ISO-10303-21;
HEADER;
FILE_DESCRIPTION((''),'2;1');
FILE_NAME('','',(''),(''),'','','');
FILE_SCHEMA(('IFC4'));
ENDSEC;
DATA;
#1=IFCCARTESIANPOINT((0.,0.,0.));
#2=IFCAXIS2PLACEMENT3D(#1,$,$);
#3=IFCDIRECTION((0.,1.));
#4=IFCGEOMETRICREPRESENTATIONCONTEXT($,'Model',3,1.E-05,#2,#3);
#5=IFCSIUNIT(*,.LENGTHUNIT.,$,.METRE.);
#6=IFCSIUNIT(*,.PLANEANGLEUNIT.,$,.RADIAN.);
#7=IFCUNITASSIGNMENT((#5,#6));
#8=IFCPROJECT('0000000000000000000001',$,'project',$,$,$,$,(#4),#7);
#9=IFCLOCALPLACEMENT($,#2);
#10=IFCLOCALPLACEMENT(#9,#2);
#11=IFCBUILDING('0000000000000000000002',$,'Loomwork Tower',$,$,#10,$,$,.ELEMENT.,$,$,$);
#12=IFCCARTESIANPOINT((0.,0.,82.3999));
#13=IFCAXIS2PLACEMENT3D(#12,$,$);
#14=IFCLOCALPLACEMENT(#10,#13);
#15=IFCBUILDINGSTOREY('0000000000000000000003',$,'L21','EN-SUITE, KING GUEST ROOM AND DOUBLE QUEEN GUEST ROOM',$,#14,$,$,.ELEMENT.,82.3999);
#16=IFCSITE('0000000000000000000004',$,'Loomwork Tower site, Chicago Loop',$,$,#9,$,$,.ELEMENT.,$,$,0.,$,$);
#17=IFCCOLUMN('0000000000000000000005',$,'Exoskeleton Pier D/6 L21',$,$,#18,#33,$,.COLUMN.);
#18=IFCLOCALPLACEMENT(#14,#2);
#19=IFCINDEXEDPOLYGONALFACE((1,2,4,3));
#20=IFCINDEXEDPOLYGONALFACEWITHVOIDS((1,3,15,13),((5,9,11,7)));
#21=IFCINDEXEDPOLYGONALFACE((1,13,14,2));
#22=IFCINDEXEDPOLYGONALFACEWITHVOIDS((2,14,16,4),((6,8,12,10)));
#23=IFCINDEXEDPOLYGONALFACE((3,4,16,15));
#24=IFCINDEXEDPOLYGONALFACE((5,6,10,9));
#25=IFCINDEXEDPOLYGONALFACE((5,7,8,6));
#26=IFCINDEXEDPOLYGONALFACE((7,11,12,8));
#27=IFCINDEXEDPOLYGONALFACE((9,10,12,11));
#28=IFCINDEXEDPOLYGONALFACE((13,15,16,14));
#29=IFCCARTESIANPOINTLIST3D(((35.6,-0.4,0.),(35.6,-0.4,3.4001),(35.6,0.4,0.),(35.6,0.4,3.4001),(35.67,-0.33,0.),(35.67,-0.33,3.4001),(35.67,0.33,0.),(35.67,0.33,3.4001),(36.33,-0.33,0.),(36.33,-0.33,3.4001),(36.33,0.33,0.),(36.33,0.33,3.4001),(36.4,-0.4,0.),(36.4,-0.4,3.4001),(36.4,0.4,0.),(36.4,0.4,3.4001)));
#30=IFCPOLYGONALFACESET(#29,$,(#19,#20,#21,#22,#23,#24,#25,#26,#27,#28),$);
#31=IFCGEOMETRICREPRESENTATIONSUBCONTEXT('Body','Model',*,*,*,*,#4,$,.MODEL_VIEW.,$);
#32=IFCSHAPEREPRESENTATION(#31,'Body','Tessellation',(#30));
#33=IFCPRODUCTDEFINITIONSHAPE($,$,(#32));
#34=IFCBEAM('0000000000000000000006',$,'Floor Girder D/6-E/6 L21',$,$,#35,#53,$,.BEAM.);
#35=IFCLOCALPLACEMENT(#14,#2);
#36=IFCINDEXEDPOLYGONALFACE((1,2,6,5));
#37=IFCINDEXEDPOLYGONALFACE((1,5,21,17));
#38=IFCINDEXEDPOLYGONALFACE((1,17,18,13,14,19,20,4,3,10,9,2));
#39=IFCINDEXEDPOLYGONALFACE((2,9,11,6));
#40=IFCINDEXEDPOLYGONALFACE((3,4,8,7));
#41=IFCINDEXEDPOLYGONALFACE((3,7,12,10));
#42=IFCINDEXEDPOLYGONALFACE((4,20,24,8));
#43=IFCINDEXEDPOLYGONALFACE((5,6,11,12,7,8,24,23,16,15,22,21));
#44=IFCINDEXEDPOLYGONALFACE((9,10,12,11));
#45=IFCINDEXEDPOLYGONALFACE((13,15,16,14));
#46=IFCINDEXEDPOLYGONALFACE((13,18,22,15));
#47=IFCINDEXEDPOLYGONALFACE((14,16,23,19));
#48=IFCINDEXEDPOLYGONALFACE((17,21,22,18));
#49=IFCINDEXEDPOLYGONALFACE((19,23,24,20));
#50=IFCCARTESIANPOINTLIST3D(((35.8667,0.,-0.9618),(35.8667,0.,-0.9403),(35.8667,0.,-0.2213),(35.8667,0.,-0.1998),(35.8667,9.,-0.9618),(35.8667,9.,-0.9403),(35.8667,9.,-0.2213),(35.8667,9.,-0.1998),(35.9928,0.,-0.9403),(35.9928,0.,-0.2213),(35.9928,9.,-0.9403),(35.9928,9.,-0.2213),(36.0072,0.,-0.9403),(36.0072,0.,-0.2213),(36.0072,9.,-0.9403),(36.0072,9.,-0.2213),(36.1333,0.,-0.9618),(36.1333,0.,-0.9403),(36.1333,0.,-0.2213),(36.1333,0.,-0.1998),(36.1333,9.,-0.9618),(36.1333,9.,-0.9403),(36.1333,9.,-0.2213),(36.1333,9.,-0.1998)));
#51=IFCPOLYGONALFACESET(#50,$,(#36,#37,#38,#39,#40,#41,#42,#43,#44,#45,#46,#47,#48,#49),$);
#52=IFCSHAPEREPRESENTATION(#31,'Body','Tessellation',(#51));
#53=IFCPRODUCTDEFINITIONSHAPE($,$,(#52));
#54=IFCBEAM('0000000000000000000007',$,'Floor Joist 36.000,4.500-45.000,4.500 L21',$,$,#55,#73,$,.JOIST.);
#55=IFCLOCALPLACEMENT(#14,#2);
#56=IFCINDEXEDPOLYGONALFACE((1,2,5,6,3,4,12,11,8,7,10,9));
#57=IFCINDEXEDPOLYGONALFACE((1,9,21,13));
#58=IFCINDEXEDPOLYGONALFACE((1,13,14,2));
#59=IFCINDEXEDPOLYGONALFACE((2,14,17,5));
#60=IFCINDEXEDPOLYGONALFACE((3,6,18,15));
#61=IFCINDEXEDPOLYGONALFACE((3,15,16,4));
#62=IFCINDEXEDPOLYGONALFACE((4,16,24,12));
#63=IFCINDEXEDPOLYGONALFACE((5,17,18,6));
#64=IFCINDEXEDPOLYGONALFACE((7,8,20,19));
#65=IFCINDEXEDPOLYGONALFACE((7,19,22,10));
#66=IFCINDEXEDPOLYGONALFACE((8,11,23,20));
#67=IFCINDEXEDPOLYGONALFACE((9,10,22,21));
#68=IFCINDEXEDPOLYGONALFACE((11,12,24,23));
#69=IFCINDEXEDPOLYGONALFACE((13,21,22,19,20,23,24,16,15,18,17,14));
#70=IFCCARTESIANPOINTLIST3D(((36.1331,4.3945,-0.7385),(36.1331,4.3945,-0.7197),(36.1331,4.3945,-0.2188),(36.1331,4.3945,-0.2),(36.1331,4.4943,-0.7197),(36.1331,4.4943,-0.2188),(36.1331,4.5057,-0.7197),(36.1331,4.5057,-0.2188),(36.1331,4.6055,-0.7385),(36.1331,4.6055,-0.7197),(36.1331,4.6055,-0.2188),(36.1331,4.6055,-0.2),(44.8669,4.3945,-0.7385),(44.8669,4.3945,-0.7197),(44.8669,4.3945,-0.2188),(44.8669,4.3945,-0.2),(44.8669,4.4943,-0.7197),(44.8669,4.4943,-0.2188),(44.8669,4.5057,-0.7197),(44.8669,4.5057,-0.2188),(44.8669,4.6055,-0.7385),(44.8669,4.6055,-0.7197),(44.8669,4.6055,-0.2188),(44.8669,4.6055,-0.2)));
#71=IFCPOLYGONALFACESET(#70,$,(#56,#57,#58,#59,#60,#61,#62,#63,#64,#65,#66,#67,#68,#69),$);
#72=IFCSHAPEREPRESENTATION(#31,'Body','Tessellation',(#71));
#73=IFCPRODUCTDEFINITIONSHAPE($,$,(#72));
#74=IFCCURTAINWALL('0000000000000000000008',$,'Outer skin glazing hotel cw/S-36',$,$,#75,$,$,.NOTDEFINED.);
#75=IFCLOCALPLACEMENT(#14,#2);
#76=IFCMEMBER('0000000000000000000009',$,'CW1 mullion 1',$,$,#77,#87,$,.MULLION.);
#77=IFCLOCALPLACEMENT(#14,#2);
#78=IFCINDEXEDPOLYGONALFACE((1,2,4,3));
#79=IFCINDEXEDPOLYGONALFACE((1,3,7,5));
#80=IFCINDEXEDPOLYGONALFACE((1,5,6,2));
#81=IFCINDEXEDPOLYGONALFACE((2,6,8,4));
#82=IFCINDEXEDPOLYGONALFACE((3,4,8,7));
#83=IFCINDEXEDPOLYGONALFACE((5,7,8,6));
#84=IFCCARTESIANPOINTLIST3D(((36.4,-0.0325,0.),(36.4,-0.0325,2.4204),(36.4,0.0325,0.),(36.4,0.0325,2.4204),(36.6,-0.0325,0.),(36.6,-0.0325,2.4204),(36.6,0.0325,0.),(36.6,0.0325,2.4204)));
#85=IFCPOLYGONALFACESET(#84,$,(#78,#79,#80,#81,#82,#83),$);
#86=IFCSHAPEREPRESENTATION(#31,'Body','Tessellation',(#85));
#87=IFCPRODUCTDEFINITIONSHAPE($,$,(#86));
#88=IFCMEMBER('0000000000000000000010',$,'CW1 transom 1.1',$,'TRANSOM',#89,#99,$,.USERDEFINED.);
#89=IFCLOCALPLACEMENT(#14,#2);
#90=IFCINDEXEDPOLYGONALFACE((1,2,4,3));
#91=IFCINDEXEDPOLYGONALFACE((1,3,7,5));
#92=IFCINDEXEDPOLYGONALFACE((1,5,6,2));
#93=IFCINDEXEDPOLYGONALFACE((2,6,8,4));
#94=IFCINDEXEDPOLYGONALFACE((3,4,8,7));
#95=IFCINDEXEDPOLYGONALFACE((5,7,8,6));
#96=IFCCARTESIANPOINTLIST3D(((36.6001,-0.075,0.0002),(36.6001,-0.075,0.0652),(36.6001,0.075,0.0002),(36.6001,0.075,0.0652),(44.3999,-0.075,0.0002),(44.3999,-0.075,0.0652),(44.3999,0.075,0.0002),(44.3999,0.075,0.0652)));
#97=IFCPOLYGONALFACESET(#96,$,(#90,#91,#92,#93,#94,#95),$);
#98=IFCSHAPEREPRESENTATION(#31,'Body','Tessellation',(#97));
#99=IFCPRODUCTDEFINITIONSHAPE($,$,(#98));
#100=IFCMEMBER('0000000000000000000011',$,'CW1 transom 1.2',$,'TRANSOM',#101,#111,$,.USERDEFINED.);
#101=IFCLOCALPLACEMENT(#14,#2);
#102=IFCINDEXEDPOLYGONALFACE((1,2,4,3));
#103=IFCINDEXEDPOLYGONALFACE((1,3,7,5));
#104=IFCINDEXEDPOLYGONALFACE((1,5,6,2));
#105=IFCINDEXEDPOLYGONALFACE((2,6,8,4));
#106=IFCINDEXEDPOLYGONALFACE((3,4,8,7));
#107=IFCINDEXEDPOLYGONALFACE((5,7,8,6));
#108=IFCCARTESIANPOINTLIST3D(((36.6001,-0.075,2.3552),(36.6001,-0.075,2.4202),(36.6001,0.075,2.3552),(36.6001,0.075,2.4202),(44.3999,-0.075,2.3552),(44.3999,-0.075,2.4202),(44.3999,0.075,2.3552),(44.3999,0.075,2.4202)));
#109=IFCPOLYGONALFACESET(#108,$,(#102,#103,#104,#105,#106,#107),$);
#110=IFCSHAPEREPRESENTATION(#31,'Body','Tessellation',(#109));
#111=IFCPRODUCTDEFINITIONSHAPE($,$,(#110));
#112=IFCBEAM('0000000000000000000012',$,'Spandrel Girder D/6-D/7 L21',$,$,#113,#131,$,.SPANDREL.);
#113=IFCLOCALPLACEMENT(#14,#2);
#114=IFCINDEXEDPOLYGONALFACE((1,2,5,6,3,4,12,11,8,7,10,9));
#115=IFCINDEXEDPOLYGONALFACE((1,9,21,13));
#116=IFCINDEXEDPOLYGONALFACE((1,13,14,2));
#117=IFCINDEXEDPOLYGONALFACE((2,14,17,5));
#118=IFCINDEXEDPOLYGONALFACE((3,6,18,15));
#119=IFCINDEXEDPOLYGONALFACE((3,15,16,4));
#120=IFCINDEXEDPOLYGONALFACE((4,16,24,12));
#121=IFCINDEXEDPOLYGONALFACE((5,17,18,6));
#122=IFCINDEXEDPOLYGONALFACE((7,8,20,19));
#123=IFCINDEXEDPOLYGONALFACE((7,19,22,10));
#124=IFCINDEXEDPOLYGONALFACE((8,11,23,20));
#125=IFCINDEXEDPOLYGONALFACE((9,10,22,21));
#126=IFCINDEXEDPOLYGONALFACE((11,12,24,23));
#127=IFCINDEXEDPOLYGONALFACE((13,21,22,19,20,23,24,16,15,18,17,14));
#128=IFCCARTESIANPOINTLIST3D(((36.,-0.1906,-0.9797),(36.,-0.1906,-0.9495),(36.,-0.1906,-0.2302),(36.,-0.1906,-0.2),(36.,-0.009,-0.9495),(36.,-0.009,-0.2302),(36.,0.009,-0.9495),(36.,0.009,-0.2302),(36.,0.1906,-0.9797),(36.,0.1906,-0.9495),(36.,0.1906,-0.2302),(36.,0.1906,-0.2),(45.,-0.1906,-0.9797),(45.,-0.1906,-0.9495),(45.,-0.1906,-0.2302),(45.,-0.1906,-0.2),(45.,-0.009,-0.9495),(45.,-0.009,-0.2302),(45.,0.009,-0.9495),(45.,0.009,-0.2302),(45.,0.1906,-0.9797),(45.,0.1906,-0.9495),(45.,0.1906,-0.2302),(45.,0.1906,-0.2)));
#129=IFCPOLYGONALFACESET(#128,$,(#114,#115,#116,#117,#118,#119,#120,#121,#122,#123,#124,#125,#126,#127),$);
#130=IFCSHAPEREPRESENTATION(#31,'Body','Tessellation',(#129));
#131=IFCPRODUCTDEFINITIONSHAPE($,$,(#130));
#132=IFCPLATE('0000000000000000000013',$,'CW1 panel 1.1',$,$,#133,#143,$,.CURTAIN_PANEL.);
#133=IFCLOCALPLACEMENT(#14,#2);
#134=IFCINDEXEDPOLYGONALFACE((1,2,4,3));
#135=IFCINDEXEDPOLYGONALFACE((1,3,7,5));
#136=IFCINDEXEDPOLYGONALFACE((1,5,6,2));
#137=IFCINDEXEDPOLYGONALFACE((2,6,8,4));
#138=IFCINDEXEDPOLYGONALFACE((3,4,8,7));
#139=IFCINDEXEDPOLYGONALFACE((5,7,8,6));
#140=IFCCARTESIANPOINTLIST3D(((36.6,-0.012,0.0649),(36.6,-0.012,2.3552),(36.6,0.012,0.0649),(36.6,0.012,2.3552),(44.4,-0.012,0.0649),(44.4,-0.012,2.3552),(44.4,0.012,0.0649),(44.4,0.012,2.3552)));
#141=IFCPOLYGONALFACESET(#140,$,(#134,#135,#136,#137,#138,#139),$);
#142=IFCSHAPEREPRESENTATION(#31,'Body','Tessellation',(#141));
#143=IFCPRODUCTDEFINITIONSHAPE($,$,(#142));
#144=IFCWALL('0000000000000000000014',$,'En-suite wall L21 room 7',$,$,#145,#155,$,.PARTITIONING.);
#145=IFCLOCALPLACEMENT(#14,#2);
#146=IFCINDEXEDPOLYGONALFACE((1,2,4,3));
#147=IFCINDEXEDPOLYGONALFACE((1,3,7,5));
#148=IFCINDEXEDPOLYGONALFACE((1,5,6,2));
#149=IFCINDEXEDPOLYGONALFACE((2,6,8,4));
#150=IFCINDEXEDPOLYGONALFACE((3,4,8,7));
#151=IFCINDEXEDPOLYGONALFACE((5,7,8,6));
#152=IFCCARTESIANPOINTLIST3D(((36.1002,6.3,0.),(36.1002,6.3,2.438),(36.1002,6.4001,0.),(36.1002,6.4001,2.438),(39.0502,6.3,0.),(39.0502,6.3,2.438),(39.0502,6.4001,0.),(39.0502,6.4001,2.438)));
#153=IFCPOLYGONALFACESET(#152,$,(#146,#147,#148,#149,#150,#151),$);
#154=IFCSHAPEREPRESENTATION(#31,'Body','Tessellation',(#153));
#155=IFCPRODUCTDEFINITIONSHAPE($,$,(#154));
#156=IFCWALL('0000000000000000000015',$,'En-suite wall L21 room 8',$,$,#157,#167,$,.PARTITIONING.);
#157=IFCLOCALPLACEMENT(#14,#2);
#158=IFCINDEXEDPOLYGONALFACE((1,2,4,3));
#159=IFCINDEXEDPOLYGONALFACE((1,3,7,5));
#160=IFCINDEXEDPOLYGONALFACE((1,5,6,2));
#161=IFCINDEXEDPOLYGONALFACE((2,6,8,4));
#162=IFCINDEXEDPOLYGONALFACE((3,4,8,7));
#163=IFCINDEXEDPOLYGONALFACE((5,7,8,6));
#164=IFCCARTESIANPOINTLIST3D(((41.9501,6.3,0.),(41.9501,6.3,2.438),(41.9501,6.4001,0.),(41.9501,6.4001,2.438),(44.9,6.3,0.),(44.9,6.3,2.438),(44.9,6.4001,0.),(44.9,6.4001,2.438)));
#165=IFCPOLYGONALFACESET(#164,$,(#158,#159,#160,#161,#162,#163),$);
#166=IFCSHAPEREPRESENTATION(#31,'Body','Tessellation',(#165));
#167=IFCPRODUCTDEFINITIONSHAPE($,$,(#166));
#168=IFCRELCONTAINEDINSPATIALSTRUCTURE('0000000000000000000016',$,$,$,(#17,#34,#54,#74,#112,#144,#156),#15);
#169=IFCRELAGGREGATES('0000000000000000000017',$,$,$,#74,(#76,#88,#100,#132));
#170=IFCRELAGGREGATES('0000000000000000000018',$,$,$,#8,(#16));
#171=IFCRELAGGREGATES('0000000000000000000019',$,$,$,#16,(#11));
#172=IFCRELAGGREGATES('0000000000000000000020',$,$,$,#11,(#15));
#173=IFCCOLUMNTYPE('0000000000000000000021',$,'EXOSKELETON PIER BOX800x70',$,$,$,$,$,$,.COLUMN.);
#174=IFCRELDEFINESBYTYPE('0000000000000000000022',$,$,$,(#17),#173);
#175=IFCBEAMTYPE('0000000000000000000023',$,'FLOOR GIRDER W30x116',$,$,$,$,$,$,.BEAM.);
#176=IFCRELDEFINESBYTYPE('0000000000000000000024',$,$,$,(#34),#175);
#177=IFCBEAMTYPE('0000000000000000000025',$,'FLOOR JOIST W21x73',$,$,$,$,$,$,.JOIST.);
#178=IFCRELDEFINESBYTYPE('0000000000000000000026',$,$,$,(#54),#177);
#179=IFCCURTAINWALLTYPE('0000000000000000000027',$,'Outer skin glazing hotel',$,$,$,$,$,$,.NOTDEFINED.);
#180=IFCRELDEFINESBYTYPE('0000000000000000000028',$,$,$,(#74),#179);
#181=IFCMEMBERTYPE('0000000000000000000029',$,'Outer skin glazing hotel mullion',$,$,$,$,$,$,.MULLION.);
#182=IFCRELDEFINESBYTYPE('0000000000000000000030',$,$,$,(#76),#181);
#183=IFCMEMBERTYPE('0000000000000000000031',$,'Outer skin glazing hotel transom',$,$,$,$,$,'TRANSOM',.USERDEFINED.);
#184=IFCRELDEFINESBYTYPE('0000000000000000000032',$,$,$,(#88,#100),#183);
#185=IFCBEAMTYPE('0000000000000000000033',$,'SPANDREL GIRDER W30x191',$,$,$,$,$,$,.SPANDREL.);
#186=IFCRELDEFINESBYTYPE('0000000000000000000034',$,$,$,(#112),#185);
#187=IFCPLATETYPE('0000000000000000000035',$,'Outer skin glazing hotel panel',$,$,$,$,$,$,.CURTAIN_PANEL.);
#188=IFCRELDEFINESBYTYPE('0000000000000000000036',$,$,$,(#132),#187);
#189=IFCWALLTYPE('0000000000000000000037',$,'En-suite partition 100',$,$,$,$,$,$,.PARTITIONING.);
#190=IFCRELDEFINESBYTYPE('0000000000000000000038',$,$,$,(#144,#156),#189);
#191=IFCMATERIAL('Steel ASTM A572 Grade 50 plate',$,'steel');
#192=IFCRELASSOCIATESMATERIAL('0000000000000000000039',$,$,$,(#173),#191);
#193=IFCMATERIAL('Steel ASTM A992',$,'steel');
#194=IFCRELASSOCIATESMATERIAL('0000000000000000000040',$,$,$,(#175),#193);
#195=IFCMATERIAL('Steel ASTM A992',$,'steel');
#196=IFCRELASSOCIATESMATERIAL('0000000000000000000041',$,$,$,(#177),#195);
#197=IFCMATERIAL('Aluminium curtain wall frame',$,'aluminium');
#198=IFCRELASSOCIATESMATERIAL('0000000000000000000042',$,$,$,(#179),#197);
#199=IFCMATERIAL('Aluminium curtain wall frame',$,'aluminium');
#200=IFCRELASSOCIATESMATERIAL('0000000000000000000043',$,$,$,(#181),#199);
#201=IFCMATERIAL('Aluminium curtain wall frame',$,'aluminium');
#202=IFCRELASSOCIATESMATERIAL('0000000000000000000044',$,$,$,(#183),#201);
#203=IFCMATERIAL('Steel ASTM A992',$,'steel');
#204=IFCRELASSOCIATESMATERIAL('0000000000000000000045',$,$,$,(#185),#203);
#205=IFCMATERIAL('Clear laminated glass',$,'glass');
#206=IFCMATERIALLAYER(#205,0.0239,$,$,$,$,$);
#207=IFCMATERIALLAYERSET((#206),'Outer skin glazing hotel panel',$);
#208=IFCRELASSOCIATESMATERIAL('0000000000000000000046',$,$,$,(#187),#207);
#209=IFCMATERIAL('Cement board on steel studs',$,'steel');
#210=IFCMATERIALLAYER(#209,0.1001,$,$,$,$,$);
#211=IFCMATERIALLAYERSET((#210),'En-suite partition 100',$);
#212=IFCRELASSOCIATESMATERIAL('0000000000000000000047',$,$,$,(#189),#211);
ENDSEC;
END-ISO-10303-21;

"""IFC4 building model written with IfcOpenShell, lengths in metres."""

from ifc_helpers import new_model, si_unit, direction, frame, frame_2d, origin, origin_2d, place, context, subcontext, project, spatial, rectangle, hollow_rectangle, i_section, extrude, material, layer, layer_set, material_profile, profile_set, type_object, element, aggregate, save


model = new_model("IFC4")

# Units and contexts
model_context = context("Model", 3, precision=1e-05, world=origin(), true_north=direction((0.0, 1.0)))
body_context = subcontext(model_context, "Body", "Model", "MODEL_VIEW")
ifc_project = project(units=[si_unit("LENGTHUNIT", "METRE"), si_unit("PLANEANGLEUNIT", "RADIAN")], contexts=[model_context])

# Site, building, storey
site_placement = place(None, origin())
site = spatial("IfcSite", under=ifc_project, at=site_placement, Name="Loomwork Tower site, Chicago Loop", CompositionType="ELEMENT", RefElevation=0.0)
building_placement = place(site_placement, origin())
building = spatial("IfcBuilding", under=site, at=building_placement, Name="Loomwork Tower", CompositionType="ELEMENT")
storey_placement = place(building_placement, frame((0.0, 0.0, 82.3999)))
storey = spatial("IfcBuildingStorey", under=building, at=storey_placement, Name="L21", Description="EN-SUITE, KING GUEST ROOM AND DOUBLE QUEEN GUEST ROOM", CompositionType="ELEMENT", Elevation=82.3999)

# Column
ifc_material_1 = material(Name="Steel ASTM A572 Grade 50 plate", Category="steel")
ifc_material_profile_1 = material_profile(ifc_material_1, hollow_rectangle(XDim=0.8, YDim=0.8, WallThickness=0.0701, at=origin_2d()), Name="BOX800x70")
ifc_profile_set_1 = profile_set([ifc_material_profile_1], Name="Steel ASTM A572 Grade 50 plate")
column_type = type_object("IfcColumnType", Name="EXOSKELETON PIER BOX800x70", PredefinedType="COLUMN", material=ifc_profile_set_1)
column_placement = place(storey_placement, frame((36.0, 0.0, 0.0), z_axis=(0.0, 0.0, 1.0), x_axis=(1.0, 0.0, 0.0)))
element("IfcColumn", 1, at=column_placement, inside=storey, type_object=column_type, Name="Exoskeleton Pier D/6 L21", PredefinedType="COLUMN", context=body_context, shape_type="SweptSolid", body=[
    extrude(hollow_rectangle(XDim=0.8, YDim=0.8, WallThickness=0.0701, at=origin_2d()), origin(), (0.0, 0.0, 1.0), 3.4001),
])

# Beams
ifc_material_2 = material(Name="Steel ASTM A992", Category="steel")
ifc_material_profile_2 = material_profile(ifc_material_2, i_section(OverallWidth=0.2666, OverallDepth=0.762, WebThickness=0.0144, FlangeThickness=0.0215, at=origin_2d()), Name="W30x116")
ifc_profile_set_2 = profile_set([ifc_material_profile_2], Name="Steel ASTM A992")
beam_type_1 = type_object("IfcBeamType", Name="FLOOR GIRDER W30x116", PredefinedType="BEAM", material=ifc_profile_set_2)
beam_1_placement = place(storey_placement, frame((36.0, 0.0, -0.5808), z_axis=(0.0, 1.0, 0.0), x_axis=(-1.0, 0.0, 0.0)))
element("IfcBeam", 2, at=beam_1_placement, inside=storey, type_object=beam_type_1, Name="Floor Girder D/6-E/6 L21", PredefinedType="BEAM", context=body_context, shape_type="SweptSolid", body=[
    extrude(i_section(OverallWidth=0.2666, OverallDepth=0.762, WebThickness=0.0144, FlangeThickness=0.0215, at=origin_2d()), origin(), (0.0, 0.0, 1.0), 9.0),
])
ifc_material_3 = material(Name="Steel ASTM A992", Category="steel")
ifc_material_profile_3 = material_profile(ifc_material_3, i_section(OverallWidth=0.2109, OverallDepth=0.5386, WebThickness=0.0115, FlangeThickness=0.0188, at=origin_2d()), Name="W21x73")
ifc_profile_set_3 = profile_set([ifc_material_profile_3], Name="Steel ASTM A992")
beam_type_2 = type_object("IfcBeamType", Name="FLOOR JOIST W21x73", PredefinedType="JOIST", material=ifc_profile_set_3)
beam_2_placement = place(storey_placement, frame((36.1331, 4.5, -0.4692), z_axis=(1.0, 0.0, 0.0), x_axis=(0.0, 1.0, 0.0)))
element("IfcBeam", 3, at=beam_2_placement, inside=storey, type_object=beam_type_2, Name="Floor Joist 36.000,4.500-45.000,4.500 L21", PredefinedType="JOIST", context=body_context, shape_type="SweptSolid", body=[
    extrude(i_section(OverallWidth=0.2109, OverallDepth=0.5386, WebThickness=0.0115, FlangeThickness=0.0188, at=origin_2d()), origin(), (0.0, 0.0, 1.0), 8.7339),
])

# Curtain wall, members
ifc_material_4 = material(Name="Aluminium curtain wall frame", Category="aluminium")
curtain_wall_type = type_object("IfcCurtainWallType", Name="Outer skin glazing hotel", PredefinedType="NOTDEFINED", material=ifc_material_4)
curtain_wall_placement = place(storey_placement, origin())
curtain_wall = element("IfcCurtainWall", 4, at=curtain_wall_placement, inside=storey, type_object=curtain_wall_type, Name="Outer skin glazing hotel cw/S-36", PredefinedType="NOTDEFINED")
ifc_material_5 = material(Name="Aluminium curtain wall frame", Category="aluminium")
ifc_material_profile_4 = material_profile(ifc_material_5, rectangle(XDim=0.0649, YDim=0.2, at=origin_2d()), Name="AL 65x200")
ifc_profile_set_4 = profile_set([ifc_material_profile_4], Name="Aluminium curtain wall frame")
member_type_1 = type_object("IfcMemberType", Name="Outer skin glazing hotel mullion", PredefinedType="MULLION", material=ifc_profile_set_4)
member_1_placement = place(storey_placement, frame((36.5, 0.0, 0.0), z_axis=(0.0, 0.0, 1.0), x_axis=(0.0, 1.0, 0.0)))
member_1 = element("IfcMember", 5, at=member_1_placement, type_object=member_type_1, Name="CW1 mullion 1", PredefinedType="MULLION", context=body_context, shape_type="SweptSolid", body=[
    extrude(rectangle(XDim=0.0649, YDim=0.2, at=origin_2d()), origin(), (0.0, 0.0, 1.0), 2.4204),
])
ifc_material_6 = material(Name="Aluminium curtain wall frame", Category="aluminium")
ifc_material_profile_5 = material_profile(ifc_material_6, rectangle(XDim=0.1499, YDim=0.0649, at=origin_2d()), Name="AL 65x150")
ifc_profile_set_5 = profile_set([ifc_material_profile_5], Name="Aluminium curtain wall frame")
member_type_2 = type_object("IfcMemberType", Name="Outer skin glazing hotel transom", ElementType="TRANSOM", PredefinedType="USERDEFINED", material=ifc_profile_set_5)
member_2_placement = place(storey_placement, frame((36.6001, 0.0, 0.0327), z_axis=(1.0, 0.0, 0.0), x_axis=(0.0, 1.0, 0.0)))
member_2 = element("IfcMember", 6, at=member_2_placement, type_object=member_type_2, Name="CW1 transom 1.1", ObjectType="TRANSOM", PredefinedType="USERDEFINED", context=body_context, shape_type="SweptSolid", body=[
    extrude(rectangle(XDim=0.1499, YDim=0.0649, at=origin_2d()), origin(), (0.0, 0.0, 1.0), 7.7998),
])
member_3_placement = place(storey_placement, frame((36.6001, 0.0, 2.3877), z_axis=(1.0, 0.0, 0.0), x_axis=(0.0, 1.0, 0.0)))
member_3 = element("IfcMember", 7, at=member_3_placement, type_object=member_type_2, Name="CW1 transom 1.2", ObjectType="TRANSOM", PredefinedType="USERDEFINED", context=body_context, shape_type="SweptSolid", body=[
    extrude(rectangle(XDim=0.1499, YDim=0.0649, at=origin_2d()), origin(), (0.0, 0.0, 1.0), 7.7998),
])

# Beam
ifc_material_7 = material(Name="Steel ASTM A992", Category="steel")
ifc_material_profile_6 = material_profile(ifc_material_7, i_section(OverallWidth=0.3811, OverallDepth=0.7798, WebThickness=0.0181, FlangeThickness=0.0303, at=origin_2d()), Name="W30x191")
ifc_profile_set_6 = profile_set([ifc_material_profile_6], Name="Steel ASTM A992")
beam_type_3 = type_object("IfcBeamType", Name="SPANDREL GIRDER W30x191", PredefinedType="SPANDREL", material=ifc_profile_set_6)
beam_3_placement = place(storey_placement, frame((36.0, 0.0, -0.5898), z_axis=(1.0, 0.0, 0.0), x_axis=(0.0, 1.0, 0.0)))
element("IfcBeam", 8, at=beam_3_placement, inside=storey, type_object=beam_type_3, Name="Spandrel Girder D/6-D/7 L21", PredefinedType="SPANDREL", context=body_context, shape_type="SweptSolid", body=[
    extrude(i_section(OverallWidth=0.3811, OverallDepth=0.7798, WebThickness=0.0181, FlangeThickness=0.0303, at=origin_2d()), origin(), (0.0, 0.0, 1.0), 9.0),
])

# Plate
ifc_material_8 = material(Name="Clear laminated glass", Category="glass")
ifc_layer_1 = layer(ifc_material_8, 0.0239)
ifc_layer_set_1 = layer_set([ifc_layer_1], Name="Outer skin glazing hotel panel")
plate_type = type_object("IfcPlateType", Name="Outer skin glazing hotel panel", PredefinedType="CURTAIN_PANEL", material=ifc_layer_set_1)
plate_placement = place(storey_placement, frame((40.5, 0.0, 0.0649), z_axis=(0.0, 0.0, 1.0), x_axis=(1.0, 0.0, 0.0)))
plate = element("IfcPlate", 9, at=plate_placement, type_object=plate_type, Name="CW1 panel 1.1", PredefinedType="CURTAIN_PANEL", context=body_context, shape_type="SweptSolid", body=[
    extrude(rectangle(XDim=7.8, YDim=0.0239, at=origin_2d()), origin(), (0.0, 0.0, 1.0), 2.2903),
])
aggregate(curtain_wall, [member_1, member_2, member_3, plate])

# Walls
ifc_material_9 = material(Name="Cement board on steel studs", Category="steel")
ifc_layer_2 = layer(ifc_material_9, 0.1001)
ifc_layer_set_2 = layer_set([ifc_layer_2], Name="En-suite partition 100")
wall_type_1 = type_object("IfcWallType", Name="En-suite partition 100", PredefinedType="PARTITIONING", material=ifc_layer_set_2)
for number, where, z_axis, x_axis, name in (
    (10, (36.1001, 6.3501, 0.0), (0.0, 0.0, 1.0), (1.0, 0.0, 0.0), "En-suite wall L21 room 7"),
    (11, (41.95, 6.3501, 0.0), (0.0, 0.0, 1.0), (1.0, 0.0, 0.0), "En-suite wall L21 room 8"),
):
    element("IfcWall", number, at=place(storey_placement, frame(where, z_axis=z_axis, x_axis=x_axis)), inside=storey, type_object=wall_type_1, Name=name, PredefinedType="PARTITIONING", context=body_context, shape_type="SweptSolid", body=[
        extrude(rectangle(XDim=2.95, YDim=0.1001, at=frame_2d((1.4751, 0.0))), origin(), (0.0, 0.0, 1.0), 2.438),
    ])

save(model, "model.ifc")
